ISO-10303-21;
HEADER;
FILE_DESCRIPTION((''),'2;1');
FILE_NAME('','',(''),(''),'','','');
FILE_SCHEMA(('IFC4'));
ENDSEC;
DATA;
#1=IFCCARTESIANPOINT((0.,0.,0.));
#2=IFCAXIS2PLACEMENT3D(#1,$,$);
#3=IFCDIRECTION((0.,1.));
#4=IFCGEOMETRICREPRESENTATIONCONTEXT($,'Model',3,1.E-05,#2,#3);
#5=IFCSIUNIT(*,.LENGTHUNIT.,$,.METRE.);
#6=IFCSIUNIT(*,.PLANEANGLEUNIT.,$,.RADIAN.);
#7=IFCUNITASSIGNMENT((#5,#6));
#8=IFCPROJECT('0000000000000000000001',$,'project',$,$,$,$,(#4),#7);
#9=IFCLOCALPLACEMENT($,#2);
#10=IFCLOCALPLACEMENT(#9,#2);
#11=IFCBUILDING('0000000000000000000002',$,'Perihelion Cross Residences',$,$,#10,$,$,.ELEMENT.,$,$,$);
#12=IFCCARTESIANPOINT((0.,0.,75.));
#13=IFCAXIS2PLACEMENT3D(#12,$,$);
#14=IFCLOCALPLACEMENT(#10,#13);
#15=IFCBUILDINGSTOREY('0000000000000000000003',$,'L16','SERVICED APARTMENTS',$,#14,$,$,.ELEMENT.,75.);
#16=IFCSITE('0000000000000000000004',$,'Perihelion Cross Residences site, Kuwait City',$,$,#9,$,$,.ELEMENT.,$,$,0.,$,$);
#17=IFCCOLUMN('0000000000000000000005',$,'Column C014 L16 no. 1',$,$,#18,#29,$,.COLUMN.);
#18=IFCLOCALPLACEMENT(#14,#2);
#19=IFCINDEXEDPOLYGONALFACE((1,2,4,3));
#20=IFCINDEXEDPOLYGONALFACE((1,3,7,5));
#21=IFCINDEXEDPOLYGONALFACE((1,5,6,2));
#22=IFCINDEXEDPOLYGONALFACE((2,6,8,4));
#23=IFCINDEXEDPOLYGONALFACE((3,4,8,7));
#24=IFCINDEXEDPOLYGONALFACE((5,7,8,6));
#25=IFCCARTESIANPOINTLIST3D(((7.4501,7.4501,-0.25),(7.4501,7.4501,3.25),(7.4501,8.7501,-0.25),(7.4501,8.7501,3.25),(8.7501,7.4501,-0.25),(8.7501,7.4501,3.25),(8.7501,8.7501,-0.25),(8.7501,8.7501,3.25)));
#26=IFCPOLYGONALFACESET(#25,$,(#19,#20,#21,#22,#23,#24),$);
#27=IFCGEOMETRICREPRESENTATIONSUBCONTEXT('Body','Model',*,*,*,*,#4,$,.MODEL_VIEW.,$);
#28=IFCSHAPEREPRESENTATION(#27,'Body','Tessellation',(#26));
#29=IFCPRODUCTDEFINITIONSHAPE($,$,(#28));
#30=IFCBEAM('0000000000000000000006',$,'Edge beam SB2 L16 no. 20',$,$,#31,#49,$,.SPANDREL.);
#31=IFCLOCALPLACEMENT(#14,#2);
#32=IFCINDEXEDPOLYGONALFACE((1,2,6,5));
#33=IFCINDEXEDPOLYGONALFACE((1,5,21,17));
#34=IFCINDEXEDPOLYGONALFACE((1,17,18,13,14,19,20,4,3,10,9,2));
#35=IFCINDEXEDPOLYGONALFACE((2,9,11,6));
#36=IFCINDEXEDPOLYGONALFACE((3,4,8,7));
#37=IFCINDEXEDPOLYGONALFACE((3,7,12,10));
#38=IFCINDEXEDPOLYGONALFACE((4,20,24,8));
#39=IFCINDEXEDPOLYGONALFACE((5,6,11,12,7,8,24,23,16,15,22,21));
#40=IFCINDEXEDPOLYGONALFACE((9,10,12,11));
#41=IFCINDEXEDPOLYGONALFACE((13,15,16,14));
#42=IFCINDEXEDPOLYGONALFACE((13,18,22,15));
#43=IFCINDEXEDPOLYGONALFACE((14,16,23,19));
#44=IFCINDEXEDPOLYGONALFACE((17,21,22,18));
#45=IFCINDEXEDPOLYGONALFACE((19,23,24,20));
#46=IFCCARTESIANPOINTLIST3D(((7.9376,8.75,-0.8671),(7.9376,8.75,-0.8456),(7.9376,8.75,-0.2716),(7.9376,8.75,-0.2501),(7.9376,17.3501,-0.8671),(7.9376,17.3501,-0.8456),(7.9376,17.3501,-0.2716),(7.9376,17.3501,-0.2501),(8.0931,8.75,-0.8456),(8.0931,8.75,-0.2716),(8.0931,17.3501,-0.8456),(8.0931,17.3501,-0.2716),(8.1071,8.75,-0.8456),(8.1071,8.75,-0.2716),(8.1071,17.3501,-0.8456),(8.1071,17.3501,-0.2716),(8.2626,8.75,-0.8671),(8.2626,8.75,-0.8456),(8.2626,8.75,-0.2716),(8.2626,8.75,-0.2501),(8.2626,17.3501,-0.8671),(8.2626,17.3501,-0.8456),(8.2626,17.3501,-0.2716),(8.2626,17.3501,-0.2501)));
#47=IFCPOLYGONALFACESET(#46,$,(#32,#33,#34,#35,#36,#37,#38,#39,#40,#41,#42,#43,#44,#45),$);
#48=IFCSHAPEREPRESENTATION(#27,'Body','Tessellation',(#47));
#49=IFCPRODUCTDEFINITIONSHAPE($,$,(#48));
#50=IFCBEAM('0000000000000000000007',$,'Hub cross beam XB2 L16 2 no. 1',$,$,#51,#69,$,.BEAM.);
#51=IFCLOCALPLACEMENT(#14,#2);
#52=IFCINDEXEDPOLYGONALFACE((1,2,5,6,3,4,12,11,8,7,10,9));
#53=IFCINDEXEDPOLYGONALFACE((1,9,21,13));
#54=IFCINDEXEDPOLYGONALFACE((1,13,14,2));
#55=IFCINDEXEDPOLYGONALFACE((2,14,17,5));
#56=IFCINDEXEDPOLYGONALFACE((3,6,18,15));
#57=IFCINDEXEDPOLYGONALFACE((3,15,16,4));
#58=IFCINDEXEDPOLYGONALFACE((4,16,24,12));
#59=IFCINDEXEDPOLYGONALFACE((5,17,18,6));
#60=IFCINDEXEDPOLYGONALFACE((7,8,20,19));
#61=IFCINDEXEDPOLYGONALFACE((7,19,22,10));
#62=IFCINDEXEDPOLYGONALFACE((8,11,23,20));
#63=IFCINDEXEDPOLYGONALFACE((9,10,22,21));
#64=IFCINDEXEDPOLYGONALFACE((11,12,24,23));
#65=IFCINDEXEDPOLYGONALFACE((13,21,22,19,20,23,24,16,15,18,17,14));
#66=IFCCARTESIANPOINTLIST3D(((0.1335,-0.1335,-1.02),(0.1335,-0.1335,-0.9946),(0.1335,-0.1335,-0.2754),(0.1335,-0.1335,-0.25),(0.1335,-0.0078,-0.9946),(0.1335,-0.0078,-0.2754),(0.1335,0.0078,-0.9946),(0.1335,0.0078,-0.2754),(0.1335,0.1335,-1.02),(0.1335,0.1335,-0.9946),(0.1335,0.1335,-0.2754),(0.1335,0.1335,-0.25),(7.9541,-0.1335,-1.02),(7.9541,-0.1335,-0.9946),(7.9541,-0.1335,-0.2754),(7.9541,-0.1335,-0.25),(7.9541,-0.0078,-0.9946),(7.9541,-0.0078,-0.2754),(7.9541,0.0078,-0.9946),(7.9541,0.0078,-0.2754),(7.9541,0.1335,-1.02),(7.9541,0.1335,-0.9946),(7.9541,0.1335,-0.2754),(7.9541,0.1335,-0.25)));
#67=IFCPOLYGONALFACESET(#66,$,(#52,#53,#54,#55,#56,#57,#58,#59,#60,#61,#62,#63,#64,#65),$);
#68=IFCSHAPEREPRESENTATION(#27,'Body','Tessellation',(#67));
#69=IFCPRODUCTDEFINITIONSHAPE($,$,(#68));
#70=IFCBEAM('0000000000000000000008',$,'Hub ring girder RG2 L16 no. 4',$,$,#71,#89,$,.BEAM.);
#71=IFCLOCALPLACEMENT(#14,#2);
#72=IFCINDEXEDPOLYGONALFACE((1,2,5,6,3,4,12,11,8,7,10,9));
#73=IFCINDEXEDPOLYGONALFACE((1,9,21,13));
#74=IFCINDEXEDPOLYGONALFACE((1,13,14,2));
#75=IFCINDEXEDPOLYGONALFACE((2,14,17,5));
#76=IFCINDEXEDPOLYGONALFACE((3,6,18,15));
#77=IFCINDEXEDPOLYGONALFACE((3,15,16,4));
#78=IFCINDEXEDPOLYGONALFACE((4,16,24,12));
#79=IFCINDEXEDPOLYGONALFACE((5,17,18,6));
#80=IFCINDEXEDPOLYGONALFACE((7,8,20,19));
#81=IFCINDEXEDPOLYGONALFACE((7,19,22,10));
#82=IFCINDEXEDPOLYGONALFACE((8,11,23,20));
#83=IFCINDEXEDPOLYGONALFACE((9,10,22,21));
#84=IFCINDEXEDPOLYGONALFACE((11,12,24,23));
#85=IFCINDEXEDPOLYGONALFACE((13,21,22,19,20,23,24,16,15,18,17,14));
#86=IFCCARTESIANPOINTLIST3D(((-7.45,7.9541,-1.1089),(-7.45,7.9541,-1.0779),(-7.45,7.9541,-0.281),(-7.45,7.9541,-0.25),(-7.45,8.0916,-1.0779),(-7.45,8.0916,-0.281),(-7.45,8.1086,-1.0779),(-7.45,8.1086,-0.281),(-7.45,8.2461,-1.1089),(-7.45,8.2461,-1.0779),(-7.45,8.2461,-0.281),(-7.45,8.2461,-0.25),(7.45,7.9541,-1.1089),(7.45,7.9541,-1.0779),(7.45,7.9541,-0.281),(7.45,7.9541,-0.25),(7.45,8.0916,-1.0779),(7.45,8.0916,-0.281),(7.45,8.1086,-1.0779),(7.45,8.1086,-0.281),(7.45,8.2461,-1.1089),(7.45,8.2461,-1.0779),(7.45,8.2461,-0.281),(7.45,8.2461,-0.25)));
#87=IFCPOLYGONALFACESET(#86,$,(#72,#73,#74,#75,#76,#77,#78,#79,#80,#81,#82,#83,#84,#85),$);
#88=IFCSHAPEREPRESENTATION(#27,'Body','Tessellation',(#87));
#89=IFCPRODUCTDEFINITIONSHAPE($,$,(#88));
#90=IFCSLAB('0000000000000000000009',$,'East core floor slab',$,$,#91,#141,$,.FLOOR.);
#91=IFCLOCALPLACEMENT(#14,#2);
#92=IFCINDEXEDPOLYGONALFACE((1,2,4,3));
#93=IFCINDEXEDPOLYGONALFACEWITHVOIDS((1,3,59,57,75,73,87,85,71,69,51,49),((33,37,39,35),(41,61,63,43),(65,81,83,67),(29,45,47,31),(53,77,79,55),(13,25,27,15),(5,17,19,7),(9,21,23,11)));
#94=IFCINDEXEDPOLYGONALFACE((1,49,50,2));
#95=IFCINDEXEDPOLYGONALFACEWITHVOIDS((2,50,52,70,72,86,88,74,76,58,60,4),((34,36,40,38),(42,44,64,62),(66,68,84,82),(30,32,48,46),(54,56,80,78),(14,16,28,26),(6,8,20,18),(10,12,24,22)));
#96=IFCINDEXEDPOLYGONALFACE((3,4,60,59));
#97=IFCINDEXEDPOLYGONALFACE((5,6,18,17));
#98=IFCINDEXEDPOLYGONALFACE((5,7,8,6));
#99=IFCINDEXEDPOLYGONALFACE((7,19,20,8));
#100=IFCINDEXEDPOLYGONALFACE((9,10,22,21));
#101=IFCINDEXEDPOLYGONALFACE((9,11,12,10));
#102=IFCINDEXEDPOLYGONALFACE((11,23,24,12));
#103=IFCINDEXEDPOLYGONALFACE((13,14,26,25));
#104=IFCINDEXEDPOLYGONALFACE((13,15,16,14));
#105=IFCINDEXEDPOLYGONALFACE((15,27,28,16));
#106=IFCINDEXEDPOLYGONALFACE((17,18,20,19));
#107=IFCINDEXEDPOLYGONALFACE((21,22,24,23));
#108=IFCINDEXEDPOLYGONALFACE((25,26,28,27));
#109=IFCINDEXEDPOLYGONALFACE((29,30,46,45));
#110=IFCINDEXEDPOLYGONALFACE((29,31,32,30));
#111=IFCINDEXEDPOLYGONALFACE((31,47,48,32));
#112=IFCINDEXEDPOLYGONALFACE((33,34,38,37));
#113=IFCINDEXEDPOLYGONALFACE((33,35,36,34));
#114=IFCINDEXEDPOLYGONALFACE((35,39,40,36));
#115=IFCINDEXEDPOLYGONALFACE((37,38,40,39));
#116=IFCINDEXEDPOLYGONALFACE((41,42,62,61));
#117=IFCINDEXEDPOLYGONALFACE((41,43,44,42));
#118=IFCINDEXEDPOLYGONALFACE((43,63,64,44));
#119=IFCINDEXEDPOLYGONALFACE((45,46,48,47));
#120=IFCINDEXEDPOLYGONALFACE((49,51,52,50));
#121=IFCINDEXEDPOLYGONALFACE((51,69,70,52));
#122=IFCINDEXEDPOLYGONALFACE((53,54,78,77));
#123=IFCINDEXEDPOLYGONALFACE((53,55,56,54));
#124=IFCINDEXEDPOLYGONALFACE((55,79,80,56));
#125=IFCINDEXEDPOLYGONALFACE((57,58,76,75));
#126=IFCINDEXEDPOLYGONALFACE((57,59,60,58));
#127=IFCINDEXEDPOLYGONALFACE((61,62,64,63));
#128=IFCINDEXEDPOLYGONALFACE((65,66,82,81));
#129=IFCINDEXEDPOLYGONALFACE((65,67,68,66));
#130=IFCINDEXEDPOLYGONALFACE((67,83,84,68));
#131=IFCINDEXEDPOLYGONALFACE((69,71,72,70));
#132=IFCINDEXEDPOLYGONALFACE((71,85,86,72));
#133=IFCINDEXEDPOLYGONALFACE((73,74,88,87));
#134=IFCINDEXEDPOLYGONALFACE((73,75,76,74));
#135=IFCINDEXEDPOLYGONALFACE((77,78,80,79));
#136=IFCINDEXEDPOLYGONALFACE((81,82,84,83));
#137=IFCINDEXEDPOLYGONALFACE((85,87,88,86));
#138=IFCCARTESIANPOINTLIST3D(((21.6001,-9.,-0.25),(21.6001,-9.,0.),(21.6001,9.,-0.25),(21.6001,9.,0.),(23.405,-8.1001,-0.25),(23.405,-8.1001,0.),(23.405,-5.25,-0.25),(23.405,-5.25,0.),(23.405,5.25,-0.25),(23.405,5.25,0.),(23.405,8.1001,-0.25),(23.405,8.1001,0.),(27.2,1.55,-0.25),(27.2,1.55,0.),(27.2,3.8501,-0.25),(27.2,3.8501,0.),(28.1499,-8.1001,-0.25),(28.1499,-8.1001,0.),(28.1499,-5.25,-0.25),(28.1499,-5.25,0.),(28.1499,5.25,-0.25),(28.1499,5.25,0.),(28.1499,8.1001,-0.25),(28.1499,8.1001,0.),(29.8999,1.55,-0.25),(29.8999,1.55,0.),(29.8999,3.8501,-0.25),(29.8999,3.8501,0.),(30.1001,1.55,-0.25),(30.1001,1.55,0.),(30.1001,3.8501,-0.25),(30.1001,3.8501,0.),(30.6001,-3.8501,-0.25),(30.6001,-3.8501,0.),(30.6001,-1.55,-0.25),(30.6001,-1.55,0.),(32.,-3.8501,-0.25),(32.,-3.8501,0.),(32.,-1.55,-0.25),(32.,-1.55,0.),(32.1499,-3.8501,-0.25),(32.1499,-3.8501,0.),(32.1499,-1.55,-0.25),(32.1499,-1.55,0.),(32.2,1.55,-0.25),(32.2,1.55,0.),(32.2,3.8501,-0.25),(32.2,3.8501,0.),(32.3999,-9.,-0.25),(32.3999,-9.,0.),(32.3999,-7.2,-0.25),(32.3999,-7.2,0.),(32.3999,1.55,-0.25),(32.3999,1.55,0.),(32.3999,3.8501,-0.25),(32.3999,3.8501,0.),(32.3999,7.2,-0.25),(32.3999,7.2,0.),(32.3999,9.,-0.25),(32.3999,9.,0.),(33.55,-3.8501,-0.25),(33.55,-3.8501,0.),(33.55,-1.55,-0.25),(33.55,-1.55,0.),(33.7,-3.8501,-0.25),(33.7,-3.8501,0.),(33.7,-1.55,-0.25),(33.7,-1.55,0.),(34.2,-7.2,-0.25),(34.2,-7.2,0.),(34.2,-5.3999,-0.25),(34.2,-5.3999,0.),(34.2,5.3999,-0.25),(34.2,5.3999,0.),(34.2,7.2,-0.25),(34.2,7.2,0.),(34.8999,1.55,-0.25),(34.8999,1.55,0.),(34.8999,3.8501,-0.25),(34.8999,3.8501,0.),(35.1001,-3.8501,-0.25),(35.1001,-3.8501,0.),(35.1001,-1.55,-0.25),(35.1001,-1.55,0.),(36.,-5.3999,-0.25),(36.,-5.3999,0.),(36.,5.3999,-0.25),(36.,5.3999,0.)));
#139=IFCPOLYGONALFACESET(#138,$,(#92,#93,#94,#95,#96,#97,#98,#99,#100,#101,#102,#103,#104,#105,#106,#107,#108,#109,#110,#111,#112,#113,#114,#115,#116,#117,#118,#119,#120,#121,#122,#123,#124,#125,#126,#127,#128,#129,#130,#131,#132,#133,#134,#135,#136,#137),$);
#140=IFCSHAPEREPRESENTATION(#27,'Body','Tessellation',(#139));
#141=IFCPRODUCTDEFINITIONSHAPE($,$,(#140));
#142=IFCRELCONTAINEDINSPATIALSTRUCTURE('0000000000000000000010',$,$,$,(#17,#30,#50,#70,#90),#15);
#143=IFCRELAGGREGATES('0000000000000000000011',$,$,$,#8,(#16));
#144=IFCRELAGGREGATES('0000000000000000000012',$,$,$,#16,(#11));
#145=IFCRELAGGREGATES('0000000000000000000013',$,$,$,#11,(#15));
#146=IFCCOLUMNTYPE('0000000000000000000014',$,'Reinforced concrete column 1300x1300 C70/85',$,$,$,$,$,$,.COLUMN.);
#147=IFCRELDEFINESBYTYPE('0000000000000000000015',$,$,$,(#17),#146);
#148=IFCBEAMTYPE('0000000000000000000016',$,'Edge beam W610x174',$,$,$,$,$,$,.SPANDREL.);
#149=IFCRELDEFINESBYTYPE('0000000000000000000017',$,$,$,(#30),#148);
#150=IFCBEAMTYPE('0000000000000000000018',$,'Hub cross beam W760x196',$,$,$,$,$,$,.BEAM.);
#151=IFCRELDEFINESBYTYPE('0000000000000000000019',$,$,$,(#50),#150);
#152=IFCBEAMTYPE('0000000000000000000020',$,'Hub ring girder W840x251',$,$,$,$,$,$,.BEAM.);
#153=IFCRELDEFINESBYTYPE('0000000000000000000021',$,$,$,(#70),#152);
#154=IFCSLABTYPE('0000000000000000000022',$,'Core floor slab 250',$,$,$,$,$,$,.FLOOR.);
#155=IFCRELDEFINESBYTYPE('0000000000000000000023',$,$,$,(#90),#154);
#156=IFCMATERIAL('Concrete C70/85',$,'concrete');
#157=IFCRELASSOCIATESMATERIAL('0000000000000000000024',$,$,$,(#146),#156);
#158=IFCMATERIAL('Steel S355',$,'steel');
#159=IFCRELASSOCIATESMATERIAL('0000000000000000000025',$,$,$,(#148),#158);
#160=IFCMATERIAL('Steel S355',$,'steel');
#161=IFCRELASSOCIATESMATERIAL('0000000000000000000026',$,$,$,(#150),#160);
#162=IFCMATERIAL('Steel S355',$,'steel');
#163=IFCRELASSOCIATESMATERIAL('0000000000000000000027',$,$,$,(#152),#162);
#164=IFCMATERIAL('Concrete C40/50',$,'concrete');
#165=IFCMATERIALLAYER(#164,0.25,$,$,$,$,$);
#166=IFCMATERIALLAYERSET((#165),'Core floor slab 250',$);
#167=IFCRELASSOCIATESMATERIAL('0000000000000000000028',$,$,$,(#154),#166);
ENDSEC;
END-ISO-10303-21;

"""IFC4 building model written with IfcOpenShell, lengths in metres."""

from ifc_helpers import new_model, si_unit, direction, frame, origin, origin_2d, place, context, subcontext, project, spatial, polyline, rectangle, i_section, outline, extrude, material, layer, layer_set, material_profile, profile_set, type_object, element, save


model = new_model("IFC4")

# Units and contexts
model_context = context("Model", 3, precision=1e-05, world=origin(), true_north=direction((0.0, 1.0)))
body_context = subcontext(model_context, "Body", "Model", "MODEL_VIEW")
ifc_project = project(units=[si_unit("LENGTHUNIT", "METRE"), si_unit("PLANEANGLEUNIT", "RADIAN")], contexts=[model_context])

# Site, building, storey
site_placement = place(None, origin())
site = spatial("IfcSite", under=ifc_project, at=site_placement, Name="Perihelion Cross Residences site, Kuwait City", CompositionType="ELEMENT", RefElevation=0.0)
building_placement = place(site_placement, origin())
building = spatial("IfcBuilding", under=site, at=building_placement, Name="Perihelion Cross Residences", CompositionType="ELEMENT")
storey_placement = place(building_placement, frame((0.0, 0.0, 75.0)))
storey = spatial("IfcBuildingStorey", under=building, at=storey_placement, Name="L16", Description="SERVICED APARTMENTS", CompositionType="ELEMENT", Elevation=75.0)

# Column
ifc_material_1 = material(Name="Concrete C70/85", Category="concrete")
ifc_material_profile_1 = material_profile(ifc_material_1, rectangle(XDim=1.3, YDim=1.3, at=origin_2d()), Name="RC 1300x1300")
ifc_profile_set_1 = profile_set([ifc_material_profile_1], Name="Concrete C70/85")
column_type = type_object("IfcColumnType", Name="Reinforced concrete column 1300x1300 C70/85", PredefinedType="COLUMN", material=ifc_profile_set_1)
column_placement = place(storey_placement, frame((8.1001, 8.1001, -0.25), z_axis=(0.0, 0.0, 1.0), x_axis=(1.0, 0.0, 0.0)))
element("IfcColumn", 1, at=column_placement, inside=storey, type_object=column_type, Name="Column C014 L16 no. 1", PredefinedType="COLUMN", context=body_context, shape_type="SweptSolid", body=[
    extrude(rectangle(XDim=1.3, YDim=1.3, at=origin_2d()), origin(), (0.0, 0.0, 1.0), 3.5),
])

# Beams
ifc_material_2 = material(Name="Steel S355", Category="steel")
ifc_material_profile_2 = material_profile(ifc_material_2, i_section(OverallWidth=0.325, OverallDepth=0.6169, WebThickness=0.0139, FlangeThickness=0.0215, at=origin_2d()), Name="W610x174")
ifc_profile_set_2 = profile_set([ifc_material_profile_2], Name="Steel S355")
beam_type_1 = type_object("IfcBeamType", Name="Edge beam W610x174", PredefinedType="SPANDREL", material=ifc_profile_set_2)
beam_1_placement = place(storey_placement, frame((8.1001, 8.75, -0.5586), z_axis=(0.0, 1.0, 0.0), x_axis=(-1.0, 0.0, 0.0)))
element("IfcBeam", 2, at=beam_1_placement, inside=storey, type_object=beam_type_1, Name="Edge beam SB2 L16 no. 20", PredefinedType="SPANDREL", context=body_context, shape_type="SweptSolid", body=[
    extrude(i_section(OverallWidth=0.325, OverallDepth=0.6169, WebThickness=0.0139, FlangeThickness=0.0215, at=origin_2d()), origin(), (0.0, 0.0, 1.0), 8.6001),
])
ifc_material_3 = material(Name="Steel S355", Category="steel")
ifc_material_profile_3 = material_profile(ifc_material_3, i_section(OverallWidth=0.2671, OverallDepth=0.77, WebThickness=0.0156, FlangeThickness=0.0254, at=origin_2d()), Name="W760x196")
ifc_profile_set_3 = profile_set([ifc_material_profile_3], Name="Steel S355")
beam_type_2 = type_object("IfcBeamType", Name="Hub cross beam W760x196", PredefinedType="BEAM", material=ifc_profile_set_3)
beam_2_placement = place(storey_placement, frame((0.1335, 0.0, -0.635), z_axis=(1.0, 0.0, 0.0), x_axis=(0.0, 1.0, 0.0)))
element("IfcBeam", 3, at=beam_2_placement, inside=storey, type_object=beam_type_2, Name="Hub cross beam XB2 L16 2 no. 1", PredefinedType="BEAM", context=body_context, shape_type="SweptSolid", body=[
    extrude(i_section(OverallWidth=0.2671, OverallDepth=0.77, WebThickness=0.0156, FlangeThickness=0.0254, at=origin_2d()), origin(), (0.0, 0.0, 1.0), 7.8206),
])
ifc_material_4 = material(Name="Steel S355", Category="steel")
ifc_material_profile_4 = material_profile(ifc_material_4, i_section(OverallWidth=0.292, OverallDepth=0.8589, WebThickness=0.0171, FlangeThickness=0.031, at=origin_2d()), Name="W840x251")
ifc_profile_set_4 = profile_set([ifc_material_profile_4], Name="Steel S355")
beam_type_3 = type_object("IfcBeamType", Name="Hub ring girder W840x251", PredefinedType="BEAM", material=ifc_profile_set_4)
beam_3_placement = place(storey_placement, frame((7.45, 8.1001, -0.6794), z_axis=(-1.0, 0.0, 0.0), x_axis=(0.0, -1.0, 0.0)))
element("IfcBeam", 4, at=beam_3_placement, inside=storey, type_object=beam_type_3, Name="Hub ring girder RG2 L16 no. 4", PredefinedType="BEAM", context=body_context, shape_type="SweptSolid", body=[
    extrude(i_section(OverallWidth=0.292, OverallDepth=0.8589, WebThickness=0.0171, FlangeThickness=0.031, at=origin_2d()), origin(), (0.0, 0.0, 1.0), 14.8999),
])

# Slab
ifc_material_5 = material(Name="Concrete C40/50", Category="concrete")
ifc_layer_1 = layer(ifc_material_5, 0.25)
ifc_layer_set_1 = layer_set([ifc_layer_1], Name="Core floor slab 250")
slab_type_1 = type_object("IfcSlabType", Name="Core floor slab 250", PredefinedType="FLOOR", material=ifc_layer_set_1)
slab_1_placement = place(storey_placement, frame((0.0, 0.0, -0.25)))
element("IfcSlab", 5, at=slab_1_placement, inside=storey, type_object=slab_type_1, Name="East core floor slab", PredefinedType="FLOOR", context=body_context, shape_type="SweptSolid", body=[
    extrude(outline(polyline([(32.3999, 7.2), (34.2, 7.2), (34.2, 5.3999), (36.0, 5.3999), (36.0, -5.3999), (34.2, -5.3999), (34.2, -7.2), (32.3999, -7.2), (32.3999, -9.0), (21.6001, -9.0), (21.6001, 9.0), (32.3999, 9.0), (32.3999, 7.2)]), holes=[polyline([(23.405, -8.1001), (28.1499, -8.1001), (28.1499, -5.25), (23.405, -5.25), (23.405, -8.1001)]), polyline([(30.6001, -1.55), (30.6001, -3.8501), (32.0, -3.8501), (32.0, -1.55), (30.6001, -1.55)]), polyline([(32.1499, -1.55), (32.1499, -3.8501), (33.55, -3.8501), (33.55, -1.55), (32.1499, -1.55)]), polyline([(33.7, -1.55), (33.7, -3.8501), (35.1001, -3.8501), (35.1001, -1.55), (33.7, -1.55)]), polyline([(27.2, 3.8501), (27.2, 1.55), (29.8999, 1.55), (29.8999, 3.8501), (27.2, 3.8501)]), polyline([(30.1001, 3.8501), (30.1001, 1.55), (32.2, 1.55), (32.2, 3.8501), (30.1001, 3.8501)]), polyline([(32.3999, 3.8501), (32.3999, 1.55), (34.8999, 1.55), (34.8999, 3.8501), (32.3999, 3.8501)]), polyline([(23.405, 5.25), (28.1499, 5.25), (28.1499, 8.1001), (23.405, 8.1001), (23.405, 5.25)])]), origin(), (0.0, 0.0, 1.0), 0.25),
])

save(model, "model.ifc")
